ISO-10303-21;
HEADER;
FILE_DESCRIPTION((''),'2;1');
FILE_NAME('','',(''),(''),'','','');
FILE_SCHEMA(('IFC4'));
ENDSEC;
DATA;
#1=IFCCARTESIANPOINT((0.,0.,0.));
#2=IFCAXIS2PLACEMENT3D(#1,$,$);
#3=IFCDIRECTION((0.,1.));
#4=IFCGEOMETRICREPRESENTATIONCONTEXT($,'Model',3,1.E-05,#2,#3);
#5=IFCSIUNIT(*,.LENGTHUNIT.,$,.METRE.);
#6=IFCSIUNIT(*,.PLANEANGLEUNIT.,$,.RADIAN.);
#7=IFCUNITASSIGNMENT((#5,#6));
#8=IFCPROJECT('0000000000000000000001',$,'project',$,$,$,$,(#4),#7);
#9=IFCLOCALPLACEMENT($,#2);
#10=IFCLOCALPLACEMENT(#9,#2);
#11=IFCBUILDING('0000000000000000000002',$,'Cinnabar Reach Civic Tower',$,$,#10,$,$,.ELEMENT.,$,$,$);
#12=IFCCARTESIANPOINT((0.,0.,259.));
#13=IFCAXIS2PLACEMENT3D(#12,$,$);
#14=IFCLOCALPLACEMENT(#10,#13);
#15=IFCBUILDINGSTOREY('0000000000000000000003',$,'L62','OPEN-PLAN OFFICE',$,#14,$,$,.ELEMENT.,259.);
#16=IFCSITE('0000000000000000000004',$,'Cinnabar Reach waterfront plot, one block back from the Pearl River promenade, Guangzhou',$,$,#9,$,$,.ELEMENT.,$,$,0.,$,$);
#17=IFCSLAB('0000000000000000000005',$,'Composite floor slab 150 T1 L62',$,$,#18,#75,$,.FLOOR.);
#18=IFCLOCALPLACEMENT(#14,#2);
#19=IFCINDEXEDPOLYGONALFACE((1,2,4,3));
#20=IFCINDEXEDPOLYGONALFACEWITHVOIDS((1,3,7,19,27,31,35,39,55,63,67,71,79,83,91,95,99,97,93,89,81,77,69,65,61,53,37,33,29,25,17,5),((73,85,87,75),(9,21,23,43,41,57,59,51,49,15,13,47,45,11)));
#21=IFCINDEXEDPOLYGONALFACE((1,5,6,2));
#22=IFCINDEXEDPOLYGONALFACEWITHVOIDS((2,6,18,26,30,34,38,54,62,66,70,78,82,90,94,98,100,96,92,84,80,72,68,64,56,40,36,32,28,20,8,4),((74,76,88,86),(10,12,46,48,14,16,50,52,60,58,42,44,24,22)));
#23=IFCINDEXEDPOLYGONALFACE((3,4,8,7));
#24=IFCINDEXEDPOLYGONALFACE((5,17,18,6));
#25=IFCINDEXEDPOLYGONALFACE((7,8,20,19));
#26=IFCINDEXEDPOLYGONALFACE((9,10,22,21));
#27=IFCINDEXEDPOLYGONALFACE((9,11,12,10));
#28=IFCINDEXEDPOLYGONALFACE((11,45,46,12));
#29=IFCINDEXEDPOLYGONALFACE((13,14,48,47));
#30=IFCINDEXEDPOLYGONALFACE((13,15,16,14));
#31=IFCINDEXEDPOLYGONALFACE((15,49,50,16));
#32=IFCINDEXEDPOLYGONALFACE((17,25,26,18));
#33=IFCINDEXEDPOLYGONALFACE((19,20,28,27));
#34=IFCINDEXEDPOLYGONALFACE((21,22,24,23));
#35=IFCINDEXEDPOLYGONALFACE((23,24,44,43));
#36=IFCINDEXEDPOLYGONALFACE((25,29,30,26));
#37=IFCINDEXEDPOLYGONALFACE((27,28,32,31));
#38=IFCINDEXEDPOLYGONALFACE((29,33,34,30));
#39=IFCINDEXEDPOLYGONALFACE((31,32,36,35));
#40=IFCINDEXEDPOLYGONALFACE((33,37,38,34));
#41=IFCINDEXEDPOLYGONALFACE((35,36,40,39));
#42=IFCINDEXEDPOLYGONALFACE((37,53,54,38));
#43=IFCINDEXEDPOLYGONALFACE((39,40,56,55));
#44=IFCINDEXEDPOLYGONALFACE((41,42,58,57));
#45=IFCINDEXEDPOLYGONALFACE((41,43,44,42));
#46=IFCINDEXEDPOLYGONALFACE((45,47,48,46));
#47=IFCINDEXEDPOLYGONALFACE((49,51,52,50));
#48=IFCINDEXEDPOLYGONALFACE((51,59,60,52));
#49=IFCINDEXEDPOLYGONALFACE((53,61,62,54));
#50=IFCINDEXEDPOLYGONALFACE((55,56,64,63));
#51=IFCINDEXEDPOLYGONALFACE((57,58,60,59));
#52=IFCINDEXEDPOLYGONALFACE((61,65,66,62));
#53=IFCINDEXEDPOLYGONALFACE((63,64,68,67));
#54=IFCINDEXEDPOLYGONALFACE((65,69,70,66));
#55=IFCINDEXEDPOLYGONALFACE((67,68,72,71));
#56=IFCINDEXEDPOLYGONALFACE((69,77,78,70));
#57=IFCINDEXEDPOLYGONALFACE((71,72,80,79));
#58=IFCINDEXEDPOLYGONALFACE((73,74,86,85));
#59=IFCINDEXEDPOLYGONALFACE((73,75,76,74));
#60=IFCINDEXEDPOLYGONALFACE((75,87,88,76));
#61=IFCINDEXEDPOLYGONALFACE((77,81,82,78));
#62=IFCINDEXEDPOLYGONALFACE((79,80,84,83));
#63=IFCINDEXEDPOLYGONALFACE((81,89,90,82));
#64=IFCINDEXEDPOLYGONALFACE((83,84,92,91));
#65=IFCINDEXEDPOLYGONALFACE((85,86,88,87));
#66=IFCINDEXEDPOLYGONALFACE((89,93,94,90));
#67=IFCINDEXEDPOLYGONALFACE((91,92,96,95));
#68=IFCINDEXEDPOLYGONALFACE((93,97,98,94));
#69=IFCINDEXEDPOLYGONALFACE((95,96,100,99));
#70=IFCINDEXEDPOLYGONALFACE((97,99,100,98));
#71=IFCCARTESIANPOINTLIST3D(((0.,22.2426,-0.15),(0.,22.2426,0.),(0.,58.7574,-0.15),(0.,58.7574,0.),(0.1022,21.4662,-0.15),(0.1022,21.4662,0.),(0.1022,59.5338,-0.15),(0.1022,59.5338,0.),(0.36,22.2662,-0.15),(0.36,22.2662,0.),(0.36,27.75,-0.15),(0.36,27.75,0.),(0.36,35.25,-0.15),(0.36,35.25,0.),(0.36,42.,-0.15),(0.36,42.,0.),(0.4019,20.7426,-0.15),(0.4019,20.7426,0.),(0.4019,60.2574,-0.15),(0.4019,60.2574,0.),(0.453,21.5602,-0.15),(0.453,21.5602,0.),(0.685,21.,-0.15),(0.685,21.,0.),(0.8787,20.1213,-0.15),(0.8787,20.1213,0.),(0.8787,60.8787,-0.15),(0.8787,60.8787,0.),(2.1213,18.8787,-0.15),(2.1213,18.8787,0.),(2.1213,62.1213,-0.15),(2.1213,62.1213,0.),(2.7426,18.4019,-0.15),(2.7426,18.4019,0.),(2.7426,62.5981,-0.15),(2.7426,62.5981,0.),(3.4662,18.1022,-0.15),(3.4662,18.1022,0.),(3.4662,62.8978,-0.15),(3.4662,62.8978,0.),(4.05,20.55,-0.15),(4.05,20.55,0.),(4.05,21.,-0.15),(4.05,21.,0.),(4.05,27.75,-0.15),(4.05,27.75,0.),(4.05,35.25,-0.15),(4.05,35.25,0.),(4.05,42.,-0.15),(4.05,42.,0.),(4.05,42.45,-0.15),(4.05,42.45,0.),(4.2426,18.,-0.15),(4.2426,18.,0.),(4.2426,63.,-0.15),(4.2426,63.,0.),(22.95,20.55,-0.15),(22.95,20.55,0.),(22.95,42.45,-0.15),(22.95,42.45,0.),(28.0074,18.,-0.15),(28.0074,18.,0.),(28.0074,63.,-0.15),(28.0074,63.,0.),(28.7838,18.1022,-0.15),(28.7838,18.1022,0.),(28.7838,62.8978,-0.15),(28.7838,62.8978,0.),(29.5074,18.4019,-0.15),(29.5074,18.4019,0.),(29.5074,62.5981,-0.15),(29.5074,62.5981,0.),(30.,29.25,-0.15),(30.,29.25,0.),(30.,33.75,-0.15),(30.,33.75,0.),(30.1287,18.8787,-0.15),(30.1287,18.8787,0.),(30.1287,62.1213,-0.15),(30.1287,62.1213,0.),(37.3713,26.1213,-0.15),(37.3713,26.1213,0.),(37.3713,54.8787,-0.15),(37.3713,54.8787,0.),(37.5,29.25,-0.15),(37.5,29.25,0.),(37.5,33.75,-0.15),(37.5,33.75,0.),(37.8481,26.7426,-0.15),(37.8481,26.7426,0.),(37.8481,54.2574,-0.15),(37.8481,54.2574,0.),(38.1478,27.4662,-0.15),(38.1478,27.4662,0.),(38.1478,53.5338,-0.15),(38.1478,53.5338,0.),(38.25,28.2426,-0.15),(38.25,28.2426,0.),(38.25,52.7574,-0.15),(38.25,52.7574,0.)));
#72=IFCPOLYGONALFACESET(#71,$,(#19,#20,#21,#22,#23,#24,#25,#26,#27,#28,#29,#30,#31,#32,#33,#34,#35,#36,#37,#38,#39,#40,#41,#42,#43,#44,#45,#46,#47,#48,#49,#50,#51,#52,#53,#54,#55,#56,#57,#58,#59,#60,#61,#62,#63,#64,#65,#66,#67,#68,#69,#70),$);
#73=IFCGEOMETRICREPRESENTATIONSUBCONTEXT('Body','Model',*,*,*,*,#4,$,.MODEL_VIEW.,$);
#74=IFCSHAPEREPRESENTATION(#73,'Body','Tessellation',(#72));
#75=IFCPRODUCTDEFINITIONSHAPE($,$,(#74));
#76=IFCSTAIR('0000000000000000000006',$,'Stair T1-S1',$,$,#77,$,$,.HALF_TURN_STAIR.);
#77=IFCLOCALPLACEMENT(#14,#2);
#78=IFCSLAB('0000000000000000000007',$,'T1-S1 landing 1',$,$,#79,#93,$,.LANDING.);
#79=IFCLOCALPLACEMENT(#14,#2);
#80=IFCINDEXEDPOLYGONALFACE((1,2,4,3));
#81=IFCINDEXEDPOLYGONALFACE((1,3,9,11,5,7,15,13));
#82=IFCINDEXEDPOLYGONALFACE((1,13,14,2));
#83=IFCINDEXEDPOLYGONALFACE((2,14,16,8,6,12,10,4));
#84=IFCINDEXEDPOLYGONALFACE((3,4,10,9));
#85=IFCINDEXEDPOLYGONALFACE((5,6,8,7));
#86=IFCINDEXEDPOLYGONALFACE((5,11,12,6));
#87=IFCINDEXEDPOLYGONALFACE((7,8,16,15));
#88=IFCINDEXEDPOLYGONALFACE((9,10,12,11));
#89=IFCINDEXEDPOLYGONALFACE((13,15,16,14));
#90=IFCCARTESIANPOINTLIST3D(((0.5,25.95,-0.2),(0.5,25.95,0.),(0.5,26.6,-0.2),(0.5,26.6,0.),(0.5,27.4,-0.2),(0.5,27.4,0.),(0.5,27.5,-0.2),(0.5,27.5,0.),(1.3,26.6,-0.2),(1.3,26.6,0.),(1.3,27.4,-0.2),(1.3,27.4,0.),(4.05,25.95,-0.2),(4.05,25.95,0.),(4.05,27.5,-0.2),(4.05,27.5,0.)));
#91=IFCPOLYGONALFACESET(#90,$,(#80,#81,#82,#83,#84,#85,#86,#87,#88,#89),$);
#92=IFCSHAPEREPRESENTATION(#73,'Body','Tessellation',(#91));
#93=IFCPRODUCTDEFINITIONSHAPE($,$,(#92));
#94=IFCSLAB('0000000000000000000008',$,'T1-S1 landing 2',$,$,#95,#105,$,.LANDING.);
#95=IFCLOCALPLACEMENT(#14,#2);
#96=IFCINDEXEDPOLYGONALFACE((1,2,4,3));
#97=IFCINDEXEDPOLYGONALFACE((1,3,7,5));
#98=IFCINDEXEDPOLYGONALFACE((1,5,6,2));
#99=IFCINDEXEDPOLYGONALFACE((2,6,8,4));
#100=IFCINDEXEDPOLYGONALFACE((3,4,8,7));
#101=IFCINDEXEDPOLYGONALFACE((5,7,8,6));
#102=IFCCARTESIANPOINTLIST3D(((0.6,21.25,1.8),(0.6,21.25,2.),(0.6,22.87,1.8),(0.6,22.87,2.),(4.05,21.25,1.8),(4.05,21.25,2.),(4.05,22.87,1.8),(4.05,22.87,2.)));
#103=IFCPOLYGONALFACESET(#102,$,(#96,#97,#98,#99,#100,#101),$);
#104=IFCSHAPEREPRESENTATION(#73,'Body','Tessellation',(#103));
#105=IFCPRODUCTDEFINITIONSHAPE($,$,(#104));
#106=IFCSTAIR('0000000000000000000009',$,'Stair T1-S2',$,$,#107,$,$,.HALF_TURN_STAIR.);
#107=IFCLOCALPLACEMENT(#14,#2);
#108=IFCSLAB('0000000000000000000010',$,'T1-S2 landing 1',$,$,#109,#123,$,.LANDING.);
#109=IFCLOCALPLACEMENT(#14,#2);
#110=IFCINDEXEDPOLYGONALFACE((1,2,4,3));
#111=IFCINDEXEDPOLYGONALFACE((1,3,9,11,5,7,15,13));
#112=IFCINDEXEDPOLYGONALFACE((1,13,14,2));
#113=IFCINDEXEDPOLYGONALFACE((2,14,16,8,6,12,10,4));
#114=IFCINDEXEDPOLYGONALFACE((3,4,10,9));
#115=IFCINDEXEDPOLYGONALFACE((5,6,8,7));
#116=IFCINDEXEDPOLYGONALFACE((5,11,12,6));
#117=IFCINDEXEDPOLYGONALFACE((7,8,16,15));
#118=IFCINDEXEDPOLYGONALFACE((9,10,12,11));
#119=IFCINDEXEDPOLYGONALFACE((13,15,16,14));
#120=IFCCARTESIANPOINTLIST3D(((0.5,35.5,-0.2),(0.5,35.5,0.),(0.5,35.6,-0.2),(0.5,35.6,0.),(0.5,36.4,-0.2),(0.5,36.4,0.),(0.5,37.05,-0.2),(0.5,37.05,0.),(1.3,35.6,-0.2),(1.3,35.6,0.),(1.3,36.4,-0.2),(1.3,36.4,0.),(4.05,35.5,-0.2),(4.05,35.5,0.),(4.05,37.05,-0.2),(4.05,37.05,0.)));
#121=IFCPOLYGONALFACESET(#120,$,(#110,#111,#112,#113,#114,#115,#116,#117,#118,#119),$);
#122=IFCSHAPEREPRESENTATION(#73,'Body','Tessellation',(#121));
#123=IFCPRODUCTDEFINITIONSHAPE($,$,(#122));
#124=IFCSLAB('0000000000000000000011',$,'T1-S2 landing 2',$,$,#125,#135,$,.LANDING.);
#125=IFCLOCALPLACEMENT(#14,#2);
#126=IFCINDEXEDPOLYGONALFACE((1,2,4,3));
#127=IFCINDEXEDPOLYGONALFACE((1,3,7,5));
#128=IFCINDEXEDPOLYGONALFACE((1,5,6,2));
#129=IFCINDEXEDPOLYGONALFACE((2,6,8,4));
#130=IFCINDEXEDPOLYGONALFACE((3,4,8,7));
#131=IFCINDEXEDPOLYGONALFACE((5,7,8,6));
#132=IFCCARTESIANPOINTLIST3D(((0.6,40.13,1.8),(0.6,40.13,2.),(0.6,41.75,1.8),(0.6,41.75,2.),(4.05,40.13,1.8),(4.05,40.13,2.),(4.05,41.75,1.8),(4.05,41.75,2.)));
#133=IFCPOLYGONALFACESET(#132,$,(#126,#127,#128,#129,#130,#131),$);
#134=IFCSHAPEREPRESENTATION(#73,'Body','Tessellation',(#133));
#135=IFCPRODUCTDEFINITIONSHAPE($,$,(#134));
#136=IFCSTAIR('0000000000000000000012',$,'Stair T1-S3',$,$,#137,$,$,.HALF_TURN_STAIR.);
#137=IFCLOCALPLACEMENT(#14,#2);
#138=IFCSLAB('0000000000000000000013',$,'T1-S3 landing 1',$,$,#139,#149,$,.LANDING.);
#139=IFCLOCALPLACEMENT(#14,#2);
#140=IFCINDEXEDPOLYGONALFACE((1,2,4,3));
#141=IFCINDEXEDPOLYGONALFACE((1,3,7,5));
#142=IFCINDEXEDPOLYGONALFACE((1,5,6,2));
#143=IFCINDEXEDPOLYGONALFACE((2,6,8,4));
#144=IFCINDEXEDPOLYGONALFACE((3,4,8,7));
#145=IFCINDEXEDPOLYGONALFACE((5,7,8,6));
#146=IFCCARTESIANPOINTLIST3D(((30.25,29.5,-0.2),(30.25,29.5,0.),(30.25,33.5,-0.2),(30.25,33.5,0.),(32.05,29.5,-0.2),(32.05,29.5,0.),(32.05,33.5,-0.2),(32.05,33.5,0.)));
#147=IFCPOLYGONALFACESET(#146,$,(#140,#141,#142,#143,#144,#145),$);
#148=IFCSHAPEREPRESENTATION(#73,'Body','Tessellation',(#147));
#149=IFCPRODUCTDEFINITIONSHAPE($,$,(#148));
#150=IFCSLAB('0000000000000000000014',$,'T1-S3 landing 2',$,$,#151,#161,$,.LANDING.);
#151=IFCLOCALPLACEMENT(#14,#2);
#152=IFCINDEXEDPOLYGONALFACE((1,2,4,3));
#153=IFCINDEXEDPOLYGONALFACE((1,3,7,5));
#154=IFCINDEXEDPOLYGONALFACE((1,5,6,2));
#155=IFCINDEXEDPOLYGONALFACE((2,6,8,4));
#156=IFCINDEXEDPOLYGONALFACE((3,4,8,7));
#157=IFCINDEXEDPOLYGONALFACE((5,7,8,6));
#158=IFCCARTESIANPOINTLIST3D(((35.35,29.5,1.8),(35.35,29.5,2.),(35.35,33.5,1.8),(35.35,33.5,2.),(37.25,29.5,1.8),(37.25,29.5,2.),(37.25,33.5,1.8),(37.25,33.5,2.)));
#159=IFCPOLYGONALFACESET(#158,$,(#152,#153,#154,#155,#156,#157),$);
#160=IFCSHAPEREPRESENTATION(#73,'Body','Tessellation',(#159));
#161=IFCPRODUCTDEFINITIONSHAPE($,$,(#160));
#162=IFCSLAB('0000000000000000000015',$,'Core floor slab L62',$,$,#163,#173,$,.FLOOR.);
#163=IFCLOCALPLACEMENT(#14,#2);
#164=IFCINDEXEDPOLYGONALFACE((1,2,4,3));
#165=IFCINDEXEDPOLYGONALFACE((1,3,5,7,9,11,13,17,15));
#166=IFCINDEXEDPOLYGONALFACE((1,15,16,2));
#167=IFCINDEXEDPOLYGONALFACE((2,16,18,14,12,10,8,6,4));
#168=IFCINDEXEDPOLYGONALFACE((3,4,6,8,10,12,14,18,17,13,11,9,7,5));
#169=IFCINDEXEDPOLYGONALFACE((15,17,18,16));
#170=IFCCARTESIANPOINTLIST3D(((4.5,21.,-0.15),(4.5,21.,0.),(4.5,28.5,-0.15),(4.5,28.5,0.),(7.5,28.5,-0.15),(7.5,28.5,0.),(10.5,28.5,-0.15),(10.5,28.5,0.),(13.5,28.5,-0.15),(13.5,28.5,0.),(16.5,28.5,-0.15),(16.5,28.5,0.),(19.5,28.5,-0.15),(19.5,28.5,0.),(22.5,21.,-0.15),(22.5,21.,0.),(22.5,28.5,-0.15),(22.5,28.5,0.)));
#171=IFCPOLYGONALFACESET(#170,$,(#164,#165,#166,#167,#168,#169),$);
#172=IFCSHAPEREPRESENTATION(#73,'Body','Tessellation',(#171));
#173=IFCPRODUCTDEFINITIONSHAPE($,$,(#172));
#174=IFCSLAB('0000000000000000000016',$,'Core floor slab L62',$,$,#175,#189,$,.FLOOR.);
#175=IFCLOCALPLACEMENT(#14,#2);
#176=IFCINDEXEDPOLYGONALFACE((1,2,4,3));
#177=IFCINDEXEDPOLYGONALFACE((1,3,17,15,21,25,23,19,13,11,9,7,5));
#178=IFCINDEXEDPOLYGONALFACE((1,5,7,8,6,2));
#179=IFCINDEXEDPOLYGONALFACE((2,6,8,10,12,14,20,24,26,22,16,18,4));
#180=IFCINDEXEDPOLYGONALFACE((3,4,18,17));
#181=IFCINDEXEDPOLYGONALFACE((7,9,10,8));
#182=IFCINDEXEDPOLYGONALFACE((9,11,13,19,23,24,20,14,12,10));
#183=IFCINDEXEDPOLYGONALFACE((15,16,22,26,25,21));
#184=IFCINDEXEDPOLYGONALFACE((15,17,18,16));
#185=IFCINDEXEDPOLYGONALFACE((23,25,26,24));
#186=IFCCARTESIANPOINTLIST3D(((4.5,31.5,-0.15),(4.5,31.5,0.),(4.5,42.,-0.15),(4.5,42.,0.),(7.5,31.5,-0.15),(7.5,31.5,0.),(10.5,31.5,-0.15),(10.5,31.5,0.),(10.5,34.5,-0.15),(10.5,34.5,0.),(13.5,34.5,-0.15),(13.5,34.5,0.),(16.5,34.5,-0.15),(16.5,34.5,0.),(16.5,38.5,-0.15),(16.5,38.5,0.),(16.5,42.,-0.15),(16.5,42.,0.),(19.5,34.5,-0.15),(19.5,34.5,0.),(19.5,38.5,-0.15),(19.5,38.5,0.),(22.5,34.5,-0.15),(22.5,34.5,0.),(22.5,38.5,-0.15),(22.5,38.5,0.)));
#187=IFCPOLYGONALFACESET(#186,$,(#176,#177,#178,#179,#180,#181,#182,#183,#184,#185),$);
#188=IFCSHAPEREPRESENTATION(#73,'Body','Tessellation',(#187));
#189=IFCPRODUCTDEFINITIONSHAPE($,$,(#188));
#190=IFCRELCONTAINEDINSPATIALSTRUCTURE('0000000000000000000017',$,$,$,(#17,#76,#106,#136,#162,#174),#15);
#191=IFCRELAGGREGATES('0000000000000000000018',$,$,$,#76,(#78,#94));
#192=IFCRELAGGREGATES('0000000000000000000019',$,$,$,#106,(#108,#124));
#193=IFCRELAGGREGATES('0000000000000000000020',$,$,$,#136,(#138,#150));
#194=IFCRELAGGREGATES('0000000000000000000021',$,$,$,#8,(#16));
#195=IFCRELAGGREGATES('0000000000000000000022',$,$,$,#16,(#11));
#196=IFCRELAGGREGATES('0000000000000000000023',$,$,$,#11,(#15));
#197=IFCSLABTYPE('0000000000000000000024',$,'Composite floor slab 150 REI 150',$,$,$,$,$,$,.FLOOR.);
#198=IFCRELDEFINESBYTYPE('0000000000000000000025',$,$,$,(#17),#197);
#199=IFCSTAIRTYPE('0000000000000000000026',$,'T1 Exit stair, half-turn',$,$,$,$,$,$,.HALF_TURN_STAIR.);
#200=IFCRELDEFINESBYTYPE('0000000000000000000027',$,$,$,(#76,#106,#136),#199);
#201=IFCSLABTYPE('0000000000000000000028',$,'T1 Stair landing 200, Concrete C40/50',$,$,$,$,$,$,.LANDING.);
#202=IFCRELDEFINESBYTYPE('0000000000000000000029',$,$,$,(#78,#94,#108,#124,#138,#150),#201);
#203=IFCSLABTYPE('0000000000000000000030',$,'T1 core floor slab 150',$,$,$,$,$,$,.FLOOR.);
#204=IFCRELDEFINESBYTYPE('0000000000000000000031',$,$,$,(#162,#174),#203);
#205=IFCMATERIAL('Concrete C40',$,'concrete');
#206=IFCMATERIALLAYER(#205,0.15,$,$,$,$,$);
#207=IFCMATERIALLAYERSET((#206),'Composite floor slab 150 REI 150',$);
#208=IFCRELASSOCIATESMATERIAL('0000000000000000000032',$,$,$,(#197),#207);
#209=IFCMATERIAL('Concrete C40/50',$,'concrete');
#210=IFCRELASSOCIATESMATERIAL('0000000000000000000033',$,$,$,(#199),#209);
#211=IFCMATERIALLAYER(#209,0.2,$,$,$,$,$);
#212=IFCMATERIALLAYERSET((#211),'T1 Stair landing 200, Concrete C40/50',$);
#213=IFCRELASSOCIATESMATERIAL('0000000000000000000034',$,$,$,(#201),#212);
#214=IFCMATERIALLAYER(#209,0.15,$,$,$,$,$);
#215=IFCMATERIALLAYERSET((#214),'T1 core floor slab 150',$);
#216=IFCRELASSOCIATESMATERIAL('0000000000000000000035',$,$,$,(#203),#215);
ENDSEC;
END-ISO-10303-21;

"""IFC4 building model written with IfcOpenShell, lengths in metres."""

from ifc_helpers import new_model, si_unit, direction, frame, origin, place, context, subcontext, project, spatial, polyline, outline, extrude, material, layer, layer_set, type_object, element, aggregate, save


model = new_model("IFC4")

# Units and contexts
model_context = context("Model", 3, precision=1e-05, world=origin(), true_north=direction((0.0, 1.0)))
body_context = subcontext(model_context, "Body", "Model", "MODEL_VIEW")
ifc_project = project(units=[si_unit("LENGTHUNIT", "METRE"), si_unit("PLANEANGLEUNIT", "RADIAN")], contexts=[model_context])

# Site, building, storey
site_placement = place(None, origin())
site = spatial("IfcSite", under=ifc_project, at=site_placement, Name="Cinnabar Reach waterfront plot, one block back from the Pearl River promenade, Guangzhou", CompositionType="ELEMENT", RefElevation=0.0)
building_placement = place(site_placement, origin())
building = spatial("IfcBuilding", under=site, at=building_placement, Name="Cinnabar Reach Civic Tower", CompositionType="ELEMENT")
storey_placement = place(building_placement, frame((0.0, 0.0, 259.0)))
storey = spatial("IfcBuildingStorey", under=building, at=storey_placement, Name="L62", Description="OPEN-PLAN OFFICE", CompositionType="ELEMENT", Elevation=259.0)

# Slab
ifc_material_1 = material(Name="Concrete C40", Category="concrete")
ifc_layer_1 = layer(ifc_material_1, 0.15)
ifc_layer_set_1 = layer_set([ifc_layer_1], Name="Composite floor slab 150 REI 150")
slab_type_1 = type_object("IfcSlabType", Name="Composite floor slab 150 REI 150", PredefinedType="FLOOR", material=ifc_layer_set_1)
slab_1_placement = place(storey_placement, frame((0.0, 0.0, -0.15)))
element("IfcSlab", 1, at=slab_1_placement, inside=storey, type_object=slab_type_1, Name="Composite floor slab 150 T1 L62", PredefinedType="FLOOR", context=body_context, shape_type="SweptSolid", body=[
    extrude(outline(polyline([(0.8787, 20.1213), (0.4019, 20.7426), (0.1022, 21.4662), (0.0, 22.2426), (0.0, 58.7574), (0.1022, 59.5338), (0.4019, 60.2574), (0.8787, 60.8787), (2.1213, 62.1213), (2.7426, 62.5981), (3.4662, 62.8978), (4.2426, 63.0), (28.0074, 63.0), (28.7838, 62.8978), (29.5074, 62.5981), (30.1287, 62.1213), (37.3713, 54.8787), (37.8481, 54.2574), (38.1478, 53.5338), (38.25, 52.7574), (38.25, 28.2426), (38.1478, 27.4662), (37.8481, 26.7426), (37.3713, 26.1213), (30.1287, 18.8787), (29.5074, 18.4019), (28.7838, 18.1022), (28.0074, 18.0), (4.2426, 18.0), (3.4662, 18.1022), (2.7426, 18.4019), (2.1213, 18.8787), (0.8787, 20.1213)]), holes=[polyline([(0.685, 21.0), (4.05, 21.0), (4.05, 20.55), (22.95, 20.55), (22.95, 42.45), (4.05, 42.45), (4.05, 42.0), (0.36, 42.0), (0.36, 35.25), (4.05, 35.25), (4.05, 27.75), (0.36, 27.75), (0.36, 22.2662), (0.453, 21.5602), (0.685, 21.0)]), polyline([(30.0, 33.75), (30.0, 29.25), (37.5, 29.25), (37.5, 33.75), (30.0, 33.75)])]), origin(), (0.0, 0.0, 1.0), 0.15),
])

# Stairs, slabs
ifc_material_2 = material(Name="Concrete C40/50", Category="concrete")
stair_type = type_object("IfcStairType", Name="T1 Exit stair, half-turn", PredefinedType="HALF_TURN_STAIR", material=ifc_material_2)
stair_1_placement = place(storey_placement, origin())
stair_1 = element("IfcStair", 2, at=stair_1_placement, inside=storey, type_object=stair_type, Name="Stair T1-S1", PredefinedType="HALF_TURN_STAIR")
ifc_layer_2 = layer(ifc_material_2, 0.2)
ifc_layer_set_2 = layer_set([ifc_layer_2], Name="T1 Stair landing 200, Concrete C40/50")
slab_type_2 = type_object("IfcSlabType", Name="T1 Stair landing 200, Concrete C40/50", PredefinedType="LANDING", material=ifc_layer_set_2)
slab_2_placement = place(storey_placement, frame((0.0, 0.0, -0.2)))
slab_2 = element("IfcSlab", 3, at=slab_2_placement, type_object=slab_type_2, Name="T1-S1 landing 1", PredefinedType="LANDING", context=body_context, shape_type="SweptSolid", body=[
    extrude(outline(polyline([(0.5, 27.5), (4.05, 27.5), (4.05, 25.95), (0.5, 25.95), (0.5, 26.6), (1.3, 26.6), (1.3, 27.4), (0.5, 27.4), (0.5, 27.5)])), origin(), (0.0, 0.0, 1.0), 0.2),
])
slab_3_placement = place(storey_placement, frame((0.0, 0.0, 1.8)))
slab_3 = element("IfcSlab", 4, at=slab_3_placement, type_object=slab_type_2, Name="T1-S1 landing 2", PredefinedType="LANDING", context=body_context, shape_type="SweptSolid", body=[
    extrude(outline(polyline([(0.6, 21.25), (0.6, 22.87), (4.05, 22.87), (4.05, 21.25), (0.6, 21.25)])), origin(), (0.0, 0.0, 1.0), 0.2),
])
aggregate(stair_1, [slab_2, slab_3])
stair_2_placement = place(storey_placement, origin())
stair_2 = element("IfcStair", 5, at=stair_2_placement, inside=storey, type_object=stair_type, Name="Stair T1-S2", PredefinedType="HALF_TURN_STAIR")
slab_4_placement = place(storey_placement, frame((0.0, 0.0, -0.2)))
slab_4 = element("IfcSlab", 6, at=slab_4_placement, type_object=slab_type_2, Name="T1-S2 landing 1", PredefinedType="LANDING", context=body_context, shape_type="SweptSolid", body=[
    extrude(outline(polyline([(0.5, 37.05), (4.05, 37.05), (4.05, 35.5), (0.5, 35.5), (0.5, 35.6), (1.3, 35.6), (1.3, 36.4), (0.5, 36.4), (0.5, 37.05)])), origin(), (0.0, 0.0, 1.0), 0.2),
])
slab_5_placement = place(storey_placement, frame((0.0, 0.0, 1.8)))
slab_5 = element("IfcSlab", 7, at=slab_5_placement, type_object=slab_type_2, Name="T1-S2 landing 2", PredefinedType="LANDING", context=body_context, shape_type="SweptSolid", body=[
    extrude(outline(polyline([(0.6, 40.13), (0.6, 41.75), (4.05, 41.75), (4.05, 40.13), (0.6, 40.13)])), origin(), (0.0, 0.0, 1.0), 0.2),
])
aggregate(stair_2, [slab_4, slab_5])
stair_3_placement = place(storey_placement, origin())
stair_3 = element("IfcStair", 8, at=stair_3_placement, inside=storey, type_object=stair_type, Name="Stair T1-S3", PredefinedType="HALF_TURN_STAIR")
slab_6_placement = place(storey_placement, frame((0.0, 0.0, -0.2)))
slab_6 = element("IfcSlab", 9, at=slab_6_placement, type_object=slab_type_2, Name="T1-S3 landing 1", PredefinedType="LANDING", context=body_context, shape_type="SweptSolid", body=[
    extrude(outline(polyline([(30.25, 29.5), (32.05, 29.5), (32.05, 33.5), (30.25, 33.5), (30.25, 29.5)])), origin(), (0.0, 0.0, 1.0), 0.2),
])
slab_7_placement = place(storey_placement, frame((0.0, 0.0, 1.8)))
slab_7 = element("IfcSlab", 10, at=slab_7_placement, type_object=slab_type_2, Name="T1-S3 landing 2", PredefinedType="LANDING", context=body_context, shape_type="SweptSolid", body=[
    extrude(outline(polyline([(35.35, 29.5), (37.25, 29.5), (37.25, 33.5), (35.35, 33.5), (35.35, 29.5)])), origin(), (0.0, 0.0, 1.0), 0.2),
])
aggregate(stair_3, [slab_6, slab_7])

# Slabs
ifc_layer_3 = layer(ifc_material_2, 0.15)
ifc_layer_set_3 = layer_set([ifc_layer_3], Name="T1 core floor slab 150")
slab_type_3 = type_object("IfcSlabType", Name="T1 core floor slab 150", PredefinedType="FLOOR", material=ifc_layer_set_3)
slab_8_placement = place(storey_placement, frame((0.0, 0.0, -0.15)))
element("IfcSlab", 11, at=slab_8_placement, inside=storey, type_object=slab_type_3, Name="Core floor slab L62", PredefinedType="FLOOR", context=body_context, shape_type="SweptSolid", body=[
    extrude(outline(polyline([(22.5, 21.0), (4.5, 21.0), (4.5, 28.5), (7.5, 28.5), (10.5, 28.5), (13.5, 28.5), (16.5, 28.5), (19.5, 28.5), (22.5, 28.5), (22.5, 21.0)])), origin(), (0.0, 0.0, 1.0), 0.15),
])
slab_9_placement = place(storey_placement, frame((0.0, 0.0, -0.15)))
element("IfcSlab", 12, at=slab_9_placement, inside=storey, type_object=slab_type_3, Name="Core floor slab L62", PredefinedType="FLOOR", context=body_context, shape_type="SweptSolid", body=[
    extrude(outline(polyline([(22.5, 34.5), (19.5, 34.5), (16.5, 34.5), (13.5, 34.5), (10.5, 34.5), (10.5, 31.5), (7.5, 31.5), (4.5, 31.5), (4.5, 42.0), (16.5, 42.0), (16.5, 38.5), (19.5, 38.5), (22.5, 38.5), (22.5, 34.5)])), origin(), (0.0, 0.0, 1.0), 0.15),
])

save(model, "model.ifc")
